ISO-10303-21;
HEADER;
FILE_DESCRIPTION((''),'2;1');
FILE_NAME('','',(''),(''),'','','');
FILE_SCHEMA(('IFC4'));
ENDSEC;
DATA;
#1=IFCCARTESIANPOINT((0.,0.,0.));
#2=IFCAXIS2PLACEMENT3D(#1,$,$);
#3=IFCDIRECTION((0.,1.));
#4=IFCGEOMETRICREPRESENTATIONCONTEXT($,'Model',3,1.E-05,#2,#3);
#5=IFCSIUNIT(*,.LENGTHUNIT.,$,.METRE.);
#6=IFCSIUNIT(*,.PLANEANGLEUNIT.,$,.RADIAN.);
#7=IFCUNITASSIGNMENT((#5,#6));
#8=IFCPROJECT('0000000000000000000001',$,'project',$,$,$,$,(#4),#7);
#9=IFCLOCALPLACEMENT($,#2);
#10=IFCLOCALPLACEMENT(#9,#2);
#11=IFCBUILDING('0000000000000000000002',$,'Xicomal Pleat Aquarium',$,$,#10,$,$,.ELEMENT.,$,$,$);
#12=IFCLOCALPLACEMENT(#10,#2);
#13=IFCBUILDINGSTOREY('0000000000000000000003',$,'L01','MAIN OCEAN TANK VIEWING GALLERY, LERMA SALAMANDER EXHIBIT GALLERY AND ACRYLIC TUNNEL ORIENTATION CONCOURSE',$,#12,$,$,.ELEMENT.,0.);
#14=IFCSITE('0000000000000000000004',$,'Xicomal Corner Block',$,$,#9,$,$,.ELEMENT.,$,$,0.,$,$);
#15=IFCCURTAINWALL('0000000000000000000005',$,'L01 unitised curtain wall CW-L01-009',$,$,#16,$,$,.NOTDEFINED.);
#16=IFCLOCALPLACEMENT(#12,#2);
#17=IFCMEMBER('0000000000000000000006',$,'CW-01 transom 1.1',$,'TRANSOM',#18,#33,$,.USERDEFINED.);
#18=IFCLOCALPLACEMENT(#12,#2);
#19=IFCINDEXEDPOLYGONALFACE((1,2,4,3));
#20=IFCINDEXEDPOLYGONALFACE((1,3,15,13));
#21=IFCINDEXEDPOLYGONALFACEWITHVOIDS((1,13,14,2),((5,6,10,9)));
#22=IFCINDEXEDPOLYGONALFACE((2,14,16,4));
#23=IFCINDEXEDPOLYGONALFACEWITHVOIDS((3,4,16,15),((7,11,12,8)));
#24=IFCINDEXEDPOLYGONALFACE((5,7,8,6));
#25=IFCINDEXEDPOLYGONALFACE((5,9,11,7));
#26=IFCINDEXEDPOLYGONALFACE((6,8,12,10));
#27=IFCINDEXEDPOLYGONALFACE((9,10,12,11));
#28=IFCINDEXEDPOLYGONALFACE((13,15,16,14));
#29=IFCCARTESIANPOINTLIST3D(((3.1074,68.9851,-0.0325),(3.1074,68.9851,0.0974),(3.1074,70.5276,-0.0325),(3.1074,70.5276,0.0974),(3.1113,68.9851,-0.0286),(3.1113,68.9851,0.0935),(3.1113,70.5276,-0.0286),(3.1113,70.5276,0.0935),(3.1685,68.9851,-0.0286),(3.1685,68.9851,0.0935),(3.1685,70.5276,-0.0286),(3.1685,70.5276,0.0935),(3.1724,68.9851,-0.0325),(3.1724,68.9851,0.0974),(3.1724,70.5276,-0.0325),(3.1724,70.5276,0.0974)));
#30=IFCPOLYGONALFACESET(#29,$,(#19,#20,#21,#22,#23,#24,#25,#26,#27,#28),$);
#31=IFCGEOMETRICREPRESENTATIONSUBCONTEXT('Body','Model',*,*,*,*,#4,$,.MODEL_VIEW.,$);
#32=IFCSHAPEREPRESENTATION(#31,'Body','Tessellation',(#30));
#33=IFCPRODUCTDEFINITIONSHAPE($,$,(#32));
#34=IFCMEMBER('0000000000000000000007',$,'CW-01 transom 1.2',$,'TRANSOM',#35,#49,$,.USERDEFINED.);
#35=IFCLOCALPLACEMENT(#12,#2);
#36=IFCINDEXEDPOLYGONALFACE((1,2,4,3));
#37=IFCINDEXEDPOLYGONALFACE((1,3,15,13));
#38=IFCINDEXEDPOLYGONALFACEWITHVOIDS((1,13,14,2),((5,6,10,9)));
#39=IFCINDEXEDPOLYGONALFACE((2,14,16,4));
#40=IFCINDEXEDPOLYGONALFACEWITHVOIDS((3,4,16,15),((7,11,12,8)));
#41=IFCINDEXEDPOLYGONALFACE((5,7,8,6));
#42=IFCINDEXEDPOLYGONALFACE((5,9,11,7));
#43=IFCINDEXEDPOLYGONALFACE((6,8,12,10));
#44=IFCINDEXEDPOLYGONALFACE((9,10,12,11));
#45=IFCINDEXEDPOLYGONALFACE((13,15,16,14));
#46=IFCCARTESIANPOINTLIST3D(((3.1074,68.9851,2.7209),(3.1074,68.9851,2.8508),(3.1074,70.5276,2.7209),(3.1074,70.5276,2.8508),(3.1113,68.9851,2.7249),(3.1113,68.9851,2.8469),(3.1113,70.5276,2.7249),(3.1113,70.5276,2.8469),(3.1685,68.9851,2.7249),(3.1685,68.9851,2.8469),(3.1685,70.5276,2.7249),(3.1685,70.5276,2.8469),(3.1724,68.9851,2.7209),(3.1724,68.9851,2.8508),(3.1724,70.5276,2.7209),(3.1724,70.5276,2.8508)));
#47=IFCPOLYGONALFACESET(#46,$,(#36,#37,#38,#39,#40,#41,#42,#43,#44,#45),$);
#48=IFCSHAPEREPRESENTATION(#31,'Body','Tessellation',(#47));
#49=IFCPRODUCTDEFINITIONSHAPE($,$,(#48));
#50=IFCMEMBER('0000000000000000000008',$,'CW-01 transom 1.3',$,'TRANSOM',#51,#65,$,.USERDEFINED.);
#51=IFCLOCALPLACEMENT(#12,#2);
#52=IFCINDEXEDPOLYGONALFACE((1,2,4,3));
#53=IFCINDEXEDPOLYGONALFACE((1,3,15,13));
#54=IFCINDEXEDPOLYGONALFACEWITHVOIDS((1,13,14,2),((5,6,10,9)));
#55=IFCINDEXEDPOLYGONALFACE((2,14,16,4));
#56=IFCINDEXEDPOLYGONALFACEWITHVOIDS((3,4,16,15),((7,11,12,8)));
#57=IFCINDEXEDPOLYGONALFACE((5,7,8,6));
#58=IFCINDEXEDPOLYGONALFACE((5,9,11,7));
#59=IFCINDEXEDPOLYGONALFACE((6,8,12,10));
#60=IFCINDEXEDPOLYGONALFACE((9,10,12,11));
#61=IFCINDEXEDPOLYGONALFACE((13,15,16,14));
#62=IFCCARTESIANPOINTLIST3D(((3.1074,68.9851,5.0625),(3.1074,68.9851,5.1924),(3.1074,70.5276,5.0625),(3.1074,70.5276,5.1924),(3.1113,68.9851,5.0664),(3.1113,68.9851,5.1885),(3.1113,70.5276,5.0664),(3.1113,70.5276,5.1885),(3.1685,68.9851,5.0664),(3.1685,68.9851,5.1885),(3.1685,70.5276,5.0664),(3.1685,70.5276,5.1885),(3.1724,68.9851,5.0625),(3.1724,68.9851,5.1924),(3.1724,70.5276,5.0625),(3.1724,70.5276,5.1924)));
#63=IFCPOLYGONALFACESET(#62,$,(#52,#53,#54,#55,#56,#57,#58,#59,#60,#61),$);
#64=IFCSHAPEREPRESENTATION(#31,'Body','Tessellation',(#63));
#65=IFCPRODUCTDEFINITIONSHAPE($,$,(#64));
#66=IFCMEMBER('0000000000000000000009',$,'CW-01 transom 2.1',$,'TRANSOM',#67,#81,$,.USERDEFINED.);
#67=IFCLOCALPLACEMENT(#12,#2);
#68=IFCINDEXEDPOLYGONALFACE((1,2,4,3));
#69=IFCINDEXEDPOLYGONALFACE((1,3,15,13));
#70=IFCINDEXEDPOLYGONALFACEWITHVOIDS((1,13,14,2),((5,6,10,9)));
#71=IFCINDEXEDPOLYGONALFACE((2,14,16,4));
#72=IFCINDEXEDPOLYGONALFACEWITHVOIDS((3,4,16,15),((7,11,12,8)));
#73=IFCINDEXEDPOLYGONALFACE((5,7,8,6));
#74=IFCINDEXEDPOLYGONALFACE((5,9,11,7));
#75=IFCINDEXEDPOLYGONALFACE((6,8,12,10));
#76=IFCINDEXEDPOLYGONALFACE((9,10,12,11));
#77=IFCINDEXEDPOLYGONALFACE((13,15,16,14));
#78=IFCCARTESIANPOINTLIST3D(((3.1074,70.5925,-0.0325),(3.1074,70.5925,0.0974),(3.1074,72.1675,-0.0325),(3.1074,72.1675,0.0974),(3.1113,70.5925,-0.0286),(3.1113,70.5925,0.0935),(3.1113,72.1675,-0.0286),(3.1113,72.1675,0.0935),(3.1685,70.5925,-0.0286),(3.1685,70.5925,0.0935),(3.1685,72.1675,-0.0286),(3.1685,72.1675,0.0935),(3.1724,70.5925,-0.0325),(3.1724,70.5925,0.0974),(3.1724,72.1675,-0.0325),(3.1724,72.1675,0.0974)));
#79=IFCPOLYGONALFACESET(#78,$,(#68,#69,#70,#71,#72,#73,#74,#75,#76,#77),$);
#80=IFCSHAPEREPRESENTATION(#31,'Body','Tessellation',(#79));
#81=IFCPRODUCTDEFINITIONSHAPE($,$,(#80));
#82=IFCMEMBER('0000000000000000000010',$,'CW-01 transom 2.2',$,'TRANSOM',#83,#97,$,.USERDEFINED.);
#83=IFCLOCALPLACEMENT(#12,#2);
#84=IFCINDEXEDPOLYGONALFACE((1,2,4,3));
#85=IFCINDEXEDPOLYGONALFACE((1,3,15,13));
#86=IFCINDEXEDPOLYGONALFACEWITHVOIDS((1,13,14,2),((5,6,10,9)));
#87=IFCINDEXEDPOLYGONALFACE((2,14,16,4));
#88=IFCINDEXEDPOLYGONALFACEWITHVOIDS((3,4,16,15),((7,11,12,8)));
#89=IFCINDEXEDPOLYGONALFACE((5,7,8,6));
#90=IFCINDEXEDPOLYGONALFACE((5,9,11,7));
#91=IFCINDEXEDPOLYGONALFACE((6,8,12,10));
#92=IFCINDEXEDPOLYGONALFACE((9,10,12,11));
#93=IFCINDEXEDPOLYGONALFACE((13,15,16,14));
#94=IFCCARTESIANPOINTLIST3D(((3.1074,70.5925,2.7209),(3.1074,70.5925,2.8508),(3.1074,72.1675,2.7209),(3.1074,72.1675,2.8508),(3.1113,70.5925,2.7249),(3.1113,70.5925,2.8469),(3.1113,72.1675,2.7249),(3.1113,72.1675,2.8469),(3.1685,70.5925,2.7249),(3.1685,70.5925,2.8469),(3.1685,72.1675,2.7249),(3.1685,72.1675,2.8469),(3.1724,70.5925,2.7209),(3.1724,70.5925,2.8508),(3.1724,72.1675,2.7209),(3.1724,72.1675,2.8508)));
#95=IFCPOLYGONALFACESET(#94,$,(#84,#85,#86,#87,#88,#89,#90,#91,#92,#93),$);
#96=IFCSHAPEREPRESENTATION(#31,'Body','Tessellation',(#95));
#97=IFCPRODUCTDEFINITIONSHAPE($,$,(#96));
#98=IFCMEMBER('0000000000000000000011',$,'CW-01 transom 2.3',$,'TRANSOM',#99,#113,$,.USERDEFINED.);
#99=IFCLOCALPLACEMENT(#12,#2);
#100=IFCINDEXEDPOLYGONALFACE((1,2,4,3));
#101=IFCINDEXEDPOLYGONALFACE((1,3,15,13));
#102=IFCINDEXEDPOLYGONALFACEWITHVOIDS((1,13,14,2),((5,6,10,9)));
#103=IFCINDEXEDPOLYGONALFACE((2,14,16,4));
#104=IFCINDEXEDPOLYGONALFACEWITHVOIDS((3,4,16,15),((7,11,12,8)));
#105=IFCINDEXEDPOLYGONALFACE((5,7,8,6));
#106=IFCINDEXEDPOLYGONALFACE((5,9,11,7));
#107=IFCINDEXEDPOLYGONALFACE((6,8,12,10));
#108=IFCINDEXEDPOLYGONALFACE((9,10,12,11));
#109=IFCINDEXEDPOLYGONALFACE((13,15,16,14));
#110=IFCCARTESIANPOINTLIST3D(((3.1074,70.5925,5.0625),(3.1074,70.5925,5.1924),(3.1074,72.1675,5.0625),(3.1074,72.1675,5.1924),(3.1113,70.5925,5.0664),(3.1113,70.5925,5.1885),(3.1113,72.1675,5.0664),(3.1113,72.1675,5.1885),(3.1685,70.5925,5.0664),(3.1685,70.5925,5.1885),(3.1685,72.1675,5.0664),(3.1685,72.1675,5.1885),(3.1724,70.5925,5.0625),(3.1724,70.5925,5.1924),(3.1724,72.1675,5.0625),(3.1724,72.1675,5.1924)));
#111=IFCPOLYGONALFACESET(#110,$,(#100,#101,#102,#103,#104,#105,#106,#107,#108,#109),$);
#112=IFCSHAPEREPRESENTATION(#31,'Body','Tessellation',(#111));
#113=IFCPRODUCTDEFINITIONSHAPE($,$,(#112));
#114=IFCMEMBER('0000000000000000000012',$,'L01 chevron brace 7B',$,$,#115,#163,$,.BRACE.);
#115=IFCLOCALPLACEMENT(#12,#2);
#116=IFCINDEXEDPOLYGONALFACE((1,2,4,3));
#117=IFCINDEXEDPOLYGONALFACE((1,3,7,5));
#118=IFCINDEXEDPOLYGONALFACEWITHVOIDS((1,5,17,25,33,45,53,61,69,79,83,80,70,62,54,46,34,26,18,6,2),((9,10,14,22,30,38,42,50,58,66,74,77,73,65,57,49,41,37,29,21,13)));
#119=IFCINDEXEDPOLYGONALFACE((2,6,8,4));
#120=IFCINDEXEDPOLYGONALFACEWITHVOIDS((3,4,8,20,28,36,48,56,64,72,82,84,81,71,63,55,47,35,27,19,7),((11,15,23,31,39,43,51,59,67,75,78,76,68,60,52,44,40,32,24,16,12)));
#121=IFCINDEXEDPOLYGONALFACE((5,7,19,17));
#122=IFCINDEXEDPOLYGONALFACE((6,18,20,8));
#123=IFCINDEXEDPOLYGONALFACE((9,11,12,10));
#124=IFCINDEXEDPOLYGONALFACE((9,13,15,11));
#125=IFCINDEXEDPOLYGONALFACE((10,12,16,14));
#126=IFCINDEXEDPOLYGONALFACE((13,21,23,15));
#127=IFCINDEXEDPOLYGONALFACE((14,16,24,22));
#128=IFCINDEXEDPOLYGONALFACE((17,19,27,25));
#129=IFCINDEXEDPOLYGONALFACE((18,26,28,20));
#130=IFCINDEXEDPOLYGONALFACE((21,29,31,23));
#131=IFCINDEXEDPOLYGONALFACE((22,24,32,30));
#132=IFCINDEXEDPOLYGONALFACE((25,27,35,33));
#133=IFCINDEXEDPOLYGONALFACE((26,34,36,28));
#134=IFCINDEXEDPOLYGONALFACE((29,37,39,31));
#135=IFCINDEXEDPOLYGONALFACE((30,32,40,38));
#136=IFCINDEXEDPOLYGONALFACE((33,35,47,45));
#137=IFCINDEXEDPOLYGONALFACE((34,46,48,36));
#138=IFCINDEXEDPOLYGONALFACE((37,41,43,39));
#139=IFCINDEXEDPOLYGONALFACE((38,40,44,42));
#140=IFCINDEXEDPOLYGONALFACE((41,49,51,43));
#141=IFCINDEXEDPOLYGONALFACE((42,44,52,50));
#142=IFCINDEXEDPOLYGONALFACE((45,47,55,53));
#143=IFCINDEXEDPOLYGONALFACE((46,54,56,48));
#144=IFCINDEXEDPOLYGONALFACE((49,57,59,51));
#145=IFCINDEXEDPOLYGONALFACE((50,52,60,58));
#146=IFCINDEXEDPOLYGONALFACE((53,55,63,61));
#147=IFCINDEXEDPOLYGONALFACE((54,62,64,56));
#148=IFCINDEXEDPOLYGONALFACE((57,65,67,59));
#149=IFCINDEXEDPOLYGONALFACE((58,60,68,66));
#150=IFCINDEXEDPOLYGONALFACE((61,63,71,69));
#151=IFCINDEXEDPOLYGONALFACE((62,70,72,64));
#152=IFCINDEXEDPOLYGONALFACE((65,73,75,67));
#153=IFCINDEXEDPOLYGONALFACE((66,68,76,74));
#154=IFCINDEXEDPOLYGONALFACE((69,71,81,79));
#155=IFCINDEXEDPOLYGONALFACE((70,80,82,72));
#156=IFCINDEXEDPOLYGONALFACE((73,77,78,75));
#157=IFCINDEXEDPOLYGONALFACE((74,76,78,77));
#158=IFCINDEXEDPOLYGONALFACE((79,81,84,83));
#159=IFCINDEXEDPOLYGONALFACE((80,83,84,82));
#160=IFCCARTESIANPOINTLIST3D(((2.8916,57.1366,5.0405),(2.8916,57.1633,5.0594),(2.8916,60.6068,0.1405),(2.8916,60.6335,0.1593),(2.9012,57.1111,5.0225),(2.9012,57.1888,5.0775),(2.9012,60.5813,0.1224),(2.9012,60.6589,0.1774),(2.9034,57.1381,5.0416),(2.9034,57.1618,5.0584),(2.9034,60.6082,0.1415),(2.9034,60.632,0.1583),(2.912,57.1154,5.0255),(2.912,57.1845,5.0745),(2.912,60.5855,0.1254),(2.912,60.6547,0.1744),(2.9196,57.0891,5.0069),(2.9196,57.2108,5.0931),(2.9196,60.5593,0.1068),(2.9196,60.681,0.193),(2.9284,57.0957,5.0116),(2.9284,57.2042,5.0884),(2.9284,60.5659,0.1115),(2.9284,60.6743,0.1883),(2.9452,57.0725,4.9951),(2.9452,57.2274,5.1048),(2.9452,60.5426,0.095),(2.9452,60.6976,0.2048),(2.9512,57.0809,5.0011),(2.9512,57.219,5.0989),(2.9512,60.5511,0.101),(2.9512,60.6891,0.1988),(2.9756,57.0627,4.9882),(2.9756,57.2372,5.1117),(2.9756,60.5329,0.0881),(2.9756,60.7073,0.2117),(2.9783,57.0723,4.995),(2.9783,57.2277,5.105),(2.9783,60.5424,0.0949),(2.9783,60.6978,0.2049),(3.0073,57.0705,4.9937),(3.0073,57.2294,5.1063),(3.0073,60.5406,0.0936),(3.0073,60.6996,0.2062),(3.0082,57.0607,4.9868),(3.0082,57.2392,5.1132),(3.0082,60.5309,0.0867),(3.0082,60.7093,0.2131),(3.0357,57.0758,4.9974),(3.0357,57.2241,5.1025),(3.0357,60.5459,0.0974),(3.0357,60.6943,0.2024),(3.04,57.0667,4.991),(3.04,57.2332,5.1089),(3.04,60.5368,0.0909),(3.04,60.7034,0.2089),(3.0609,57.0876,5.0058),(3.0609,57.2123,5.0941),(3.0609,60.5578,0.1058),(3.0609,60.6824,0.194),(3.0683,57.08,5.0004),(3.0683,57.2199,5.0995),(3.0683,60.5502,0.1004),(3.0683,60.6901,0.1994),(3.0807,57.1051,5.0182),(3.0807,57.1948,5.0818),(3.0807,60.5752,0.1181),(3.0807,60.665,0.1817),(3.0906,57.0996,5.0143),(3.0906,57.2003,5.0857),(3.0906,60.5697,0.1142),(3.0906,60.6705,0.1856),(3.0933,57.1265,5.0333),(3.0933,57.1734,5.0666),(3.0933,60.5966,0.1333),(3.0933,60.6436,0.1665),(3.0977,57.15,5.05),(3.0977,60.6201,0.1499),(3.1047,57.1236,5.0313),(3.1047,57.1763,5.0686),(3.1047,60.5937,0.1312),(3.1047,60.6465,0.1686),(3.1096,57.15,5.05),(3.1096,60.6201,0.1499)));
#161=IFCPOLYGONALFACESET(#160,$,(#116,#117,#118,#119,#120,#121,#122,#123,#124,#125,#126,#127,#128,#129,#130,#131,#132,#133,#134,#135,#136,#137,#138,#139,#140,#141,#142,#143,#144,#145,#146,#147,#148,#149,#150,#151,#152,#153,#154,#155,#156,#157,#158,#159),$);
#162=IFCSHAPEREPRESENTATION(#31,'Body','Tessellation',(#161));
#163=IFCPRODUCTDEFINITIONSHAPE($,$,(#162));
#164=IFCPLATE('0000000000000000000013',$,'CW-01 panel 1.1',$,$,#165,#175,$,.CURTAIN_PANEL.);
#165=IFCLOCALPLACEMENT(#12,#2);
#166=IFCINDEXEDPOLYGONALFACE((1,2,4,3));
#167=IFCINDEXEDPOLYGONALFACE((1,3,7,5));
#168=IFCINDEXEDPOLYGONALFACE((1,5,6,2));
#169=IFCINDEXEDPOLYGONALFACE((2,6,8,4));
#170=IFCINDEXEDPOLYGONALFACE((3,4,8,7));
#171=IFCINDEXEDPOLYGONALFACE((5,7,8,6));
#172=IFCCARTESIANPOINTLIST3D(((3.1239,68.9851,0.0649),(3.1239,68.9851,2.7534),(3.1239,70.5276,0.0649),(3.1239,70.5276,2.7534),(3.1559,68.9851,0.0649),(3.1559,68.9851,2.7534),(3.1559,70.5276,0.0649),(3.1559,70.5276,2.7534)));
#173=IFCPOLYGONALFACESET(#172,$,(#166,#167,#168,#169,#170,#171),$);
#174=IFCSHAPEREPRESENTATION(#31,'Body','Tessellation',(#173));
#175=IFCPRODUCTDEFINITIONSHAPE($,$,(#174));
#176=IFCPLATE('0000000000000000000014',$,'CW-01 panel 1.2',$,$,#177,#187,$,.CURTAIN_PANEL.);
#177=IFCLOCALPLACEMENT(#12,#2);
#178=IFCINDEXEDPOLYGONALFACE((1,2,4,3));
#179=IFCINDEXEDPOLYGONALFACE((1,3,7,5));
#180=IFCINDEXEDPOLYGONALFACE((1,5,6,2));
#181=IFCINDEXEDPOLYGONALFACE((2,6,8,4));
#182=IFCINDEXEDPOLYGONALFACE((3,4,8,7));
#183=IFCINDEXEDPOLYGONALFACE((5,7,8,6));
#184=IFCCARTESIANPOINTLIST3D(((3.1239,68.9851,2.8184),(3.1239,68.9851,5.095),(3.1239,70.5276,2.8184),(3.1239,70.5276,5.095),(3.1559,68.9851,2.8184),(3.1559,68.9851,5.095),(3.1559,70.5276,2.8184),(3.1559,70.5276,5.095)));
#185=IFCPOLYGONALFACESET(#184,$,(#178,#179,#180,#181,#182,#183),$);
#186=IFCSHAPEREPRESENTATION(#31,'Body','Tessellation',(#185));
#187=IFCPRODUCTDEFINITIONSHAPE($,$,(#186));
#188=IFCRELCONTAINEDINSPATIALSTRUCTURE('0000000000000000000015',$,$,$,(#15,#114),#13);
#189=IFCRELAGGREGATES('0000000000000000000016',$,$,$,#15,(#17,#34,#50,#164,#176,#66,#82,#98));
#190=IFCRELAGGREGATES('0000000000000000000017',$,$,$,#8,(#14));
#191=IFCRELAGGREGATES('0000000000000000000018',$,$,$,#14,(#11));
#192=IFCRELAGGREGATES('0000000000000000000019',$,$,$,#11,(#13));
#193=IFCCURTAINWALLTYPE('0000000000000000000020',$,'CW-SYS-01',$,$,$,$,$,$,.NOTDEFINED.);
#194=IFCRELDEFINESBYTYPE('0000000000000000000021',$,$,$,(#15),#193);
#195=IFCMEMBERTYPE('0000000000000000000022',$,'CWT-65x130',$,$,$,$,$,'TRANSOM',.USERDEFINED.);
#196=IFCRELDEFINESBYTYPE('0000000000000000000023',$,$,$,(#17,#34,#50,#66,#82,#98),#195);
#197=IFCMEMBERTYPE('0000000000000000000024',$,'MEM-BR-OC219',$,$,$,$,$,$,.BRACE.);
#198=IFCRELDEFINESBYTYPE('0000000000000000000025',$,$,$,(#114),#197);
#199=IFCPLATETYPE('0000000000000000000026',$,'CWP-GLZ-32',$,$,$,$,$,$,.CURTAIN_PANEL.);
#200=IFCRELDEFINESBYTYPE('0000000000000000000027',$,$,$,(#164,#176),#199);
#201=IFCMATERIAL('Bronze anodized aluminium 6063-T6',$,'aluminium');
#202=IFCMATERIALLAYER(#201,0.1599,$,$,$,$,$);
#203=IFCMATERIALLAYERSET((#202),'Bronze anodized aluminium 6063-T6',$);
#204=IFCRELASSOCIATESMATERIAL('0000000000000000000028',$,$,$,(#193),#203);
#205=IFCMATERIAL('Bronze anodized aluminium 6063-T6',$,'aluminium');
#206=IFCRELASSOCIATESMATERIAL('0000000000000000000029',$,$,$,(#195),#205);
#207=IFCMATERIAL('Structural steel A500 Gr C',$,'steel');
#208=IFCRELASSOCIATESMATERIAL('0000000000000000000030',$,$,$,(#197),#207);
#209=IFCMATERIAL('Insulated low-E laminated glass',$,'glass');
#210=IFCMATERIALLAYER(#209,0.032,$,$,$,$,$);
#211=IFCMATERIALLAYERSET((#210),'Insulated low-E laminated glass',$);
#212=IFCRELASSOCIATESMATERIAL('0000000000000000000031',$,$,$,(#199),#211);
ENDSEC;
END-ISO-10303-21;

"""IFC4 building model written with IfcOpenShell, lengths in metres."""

from ifc_helpers import new_model, si_unit, direction, frame, origin, origin_2d, place, context, subcontext, project, spatial, rectangle, hollow_rectangle, hollow_circle, extrude, material, layer, layer_set, material_profile, profile_set, type_object, element, aggregate, save


model = new_model("IFC4")

# Units and contexts
model_context = context("Model", 3, precision=1e-05, world=origin(), true_north=direction((0.0, 1.0)))
body_context = subcontext(model_context, "Body", "Model", "MODEL_VIEW")
ifc_project = project(units=[si_unit("LENGTHUNIT", "METRE"), si_unit("PLANEANGLEUNIT", "RADIAN")], contexts=[model_context])

# Site, building, storey
site_placement = place(None, origin())
site = spatial("IfcSite", under=ifc_project, at=site_placement, Name="Xicomal Corner Block", CompositionType="ELEMENT", RefElevation=0.0)
building_placement = place(site_placement, origin())
building = spatial("IfcBuilding", under=site, at=building_placement, Name="Xicomal Pleat Aquarium", CompositionType="ELEMENT")
storey_placement = place(building_placement, origin())
storey = spatial("IfcBuildingStorey", under=building, at=storey_placement, Name="L01", Description="MAIN OCEAN TANK VIEWING GALLERY, LERMA SALAMANDER EXHIBIT GALLERY AND ACRYLIC TUNNEL ORIENTATION CONCOURSE", CompositionType="ELEMENT", Elevation=0.0)

# Curtain wall, members
ifc_material_1 = material(Name="Bronze anodized aluminium 6063-T6", Category="aluminium")
ifc_layer_1 = layer(ifc_material_1, 0.1599)
ifc_layer_set_1 = layer_set([ifc_layer_1], Name="Bronze anodized aluminium 6063-T6")
curtain_wall_type = type_object("IfcCurtainWallType", Name="CW-SYS-01", PredefinedType="NOTDEFINED", material=ifc_layer_set_1)
curtain_wall_placement = place(storey_placement, origin())
curtain_wall = element("IfcCurtainWall", 1, at=curtain_wall_placement, inside=storey, type_object=curtain_wall_type, Name="L01 unitised curtain wall CW-L01-009", PredefinedType="NOTDEFINED")
ifc_material_2 = material(Name="Bronze anodized aluminium 6063-T6", Category="aluminium")
ifc_material_profile_1 = material_profile(ifc_material_2, hollow_rectangle(XDim=0.0649, YDim=0.1299, WallThickness=0.0039, at=origin_2d()), Name="ALU TRAN 65x130")
ifc_profile_set_1 = profile_set([ifc_material_profile_1], Name="Bronze anodized aluminium 6063-T6")
member_type_1 = type_object("IfcMemberType", Name="CWT-65x130", ElementType="TRANSOM", PredefinedType="USERDEFINED", material=ifc_profile_set_1)
member_1_placement = place(storey_placement, frame((3.1399, 68.9851, 0.0325), z_axis=(0.0, 1.0, 0.0), x_axis=(-1.0, 0.0, 0.0)))
member_1 = element("IfcMember", 2, at=member_1_placement, type_object=member_type_1, Name="CW-01 transom 1.1", ObjectType="TRANSOM", PredefinedType="USERDEFINED", context=body_context, shape_type="SweptSolid", body=[
    extrude(hollow_rectangle(XDim=0.0649, YDim=0.1299, WallThickness=0.0039, at=origin_2d()), origin(), (0.0, 0.0, 1.0), 1.5425),
])
member_2_placement = place(storey_placement, frame((3.1399, 68.9851, 2.7859), z_axis=(0.0, 1.0, 0.0), x_axis=(-1.0, 0.0, 0.0)))
member_2 = element("IfcMember", 3, at=member_2_placement, type_object=member_type_1, Name="CW-01 transom 1.2", ObjectType="TRANSOM", PredefinedType="USERDEFINED", context=body_context, shape_type="SweptSolid", body=[
    extrude(hollow_rectangle(XDim=0.0649, YDim=0.1299, WallThickness=0.0039, at=origin_2d()), origin(), (0.0, 0.0, 1.0), 1.5425),
])
member_3_placement = place(storey_placement, frame((3.1399, 68.9851, 5.1274), z_axis=(0.0, 1.0, 0.0), x_axis=(-1.0, 0.0, 0.0)))
member_3 = element("IfcMember", 4, at=member_3_placement, type_object=member_type_1, Name="CW-01 transom 1.3", ObjectType="TRANSOM", PredefinedType="USERDEFINED", context=body_context, shape_type="SweptSolid", body=[
    extrude(hollow_rectangle(XDim=0.0649, YDim=0.1299, WallThickness=0.0039, at=origin_2d()), origin(), (0.0, 0.0, 1.0), 1.5425),
])
member_4_placement = place(storey_placement, frame((3.1399, 70.5925, 0.0325), z_axis=(0.0, 1.0, 0.0), x_axis=(-1.0, 0.0, 0.0)))
member_4 = element("IfcMember", 5, at=member_4_placement, type_object=member_type_1, Name="CW-01 transom 2.1", ObjectType="TRANSOM", PredefinedType="USERDEFINED", context=body_context, shape_type="SweptSolid", body=[
    extrude(hollow_rectangle(XDim=0.0649, YDim=0.1299, WallThickness=0.0039, at=origin_2d()), origin(), (0.0, 0.0, 1.0), 1.575),
])
member_5_placement = place(storey_placement, frame((3.1399, 70.5925, 2.7859), z_axis=(0.0, 1.0, 0.0), x_axis=(-1.0, 0.0, 0.0)))
member_5 = element("IfcMember", 6, at=member_5_placement, type_object=member_type_1, Name="CW-01 transom 2.2", ObjectType="TRANSOM", PredefinedType="USERDEFINED", context=body_context, shape_type="SweptSolid", body=[
    extrude(hollow_rectangle(XDim=0.0649, YDim=0.1299, WallThickness=0.0039, at=origin_2d()), origin(), (0.0, 0.0, 1.0), 1.575),
])
member_6_placement = place(storey_placement, frame((3.1399, 70.5925, 5.1274), z_axis=(0.0, 1.0, 0.0), x_axis=(-1.0, 0.0, 0.0)))
member_6 = element("IfcMember", 7, at=member_6_placement, type_object=member_type_1, Name="CW-01 transom 2.3", ObjectType="TRANSOM", PredefinedType="USERDEFINED", context=body_context, shape_type="SweptSolid", body=[
    extrude(hollow_rectangle(XDim=0.0649, YDim=0.1299, WallThickness=0.0039, at=origin_2d()), origin(), (0.0, 0.0, 1.0), 1.575),
])

# Member
ifc_material_3 = material(Name="Structural steel A500 Gr C", Category="steel")
ifc_material_profile_2 = material_profile(ifc_material_3, hollow_circle(Radius=0.1096, WallThickness=0.012, at=origin_2d()), Name="OC 219x12")
ifc_profile_set_2 = profile_set([ifc_material_profile_2], Name="Structural steel A500 Gr C")
member_type_2 = type_object("IfcMemberType", Name="MEM-BR-OC219", PredefinedType="BRACE", material=ifc_profile_set_2)
member_7_placement = place(storey_placement, frame((3.0, 60.6201, 0.1499), z_axis=(0.0, -0.577937, 0.816081), x_axis=(1.0, 0.0, 0.0)))
element("IfcMember", 8, at=member_7_placement, inside=storey, type_object=member_type_2, Name="L01 chevron brace 7B", PredefinedType="BRACE", context=body_context, shape_type="SweptSolid", body=[
    extrude(hollow_circle(Radius=0.1096, WallThickness=0.012, at=origin_2d()), origin(), (0.0, 0.0, 1.0), 6.0044),
])

# Plates
ifc_material_4 = material(Name="Insulated low-E laminated glass", Category="glass")
ifc_layer_2 = layer(ifc_material_4, 0.032)
ifc_layer_set_2 = layer_set([ifc_layer_2], Name="Insulated low-E laminated glass")
plate_type = type_object("IfcPlateType", Name="CWP-GLZ-32", PredefinedType="CURTAIN_PANEL", material=ifc_layer_set_2)
plate_1_placement = place(storey_placement, frame((3.1399, 69.7563, 0.0649), z_axis=(0.0, 0.0, 1.0), x_axis=(0.0, 1.0, 0.0)))
plate_1 = element("IfcPlate", 9, at=plate_1_placement, type_object=plate_type, Name="CW-01 panel 1.1", PredefinedType="CURTAIN_PANEL", context=body_context, shape_type="SweptSolid", body=[
    extrude(rectangle(XDim=1.5425, YDim=0.032, at=origin_2d()), origin(), (0.0, 0.0, 1.0), 2.6885),
])
plate_2_placement = place(storey_placement, frame((3.1399, 69.7563, 2.8184), z_axis=(0.0, 0.0, 1.0), x_axis=(0.0, 1.0, 0.0)))
plate_2 = element("IfcPlate", 10, at=plate_2_placement, type_object=plate_type, Name="CW-01 panel 1.2", PredefinedType="CURTAIN_PANEL", context=body_context, shape_type="SweptSolid", body=[
    extrude(rectangle(XDim=1.5425, YDim=0.032, at=origin_2d()), origin(), (0.0, 0.0, 1.0), 2.2766),
])
aggregate(curtain_wall, [member_1, member_2, member_3, plate_1, plate_2, member_4, member_5, member_6])

save(model, "model.ifc")
